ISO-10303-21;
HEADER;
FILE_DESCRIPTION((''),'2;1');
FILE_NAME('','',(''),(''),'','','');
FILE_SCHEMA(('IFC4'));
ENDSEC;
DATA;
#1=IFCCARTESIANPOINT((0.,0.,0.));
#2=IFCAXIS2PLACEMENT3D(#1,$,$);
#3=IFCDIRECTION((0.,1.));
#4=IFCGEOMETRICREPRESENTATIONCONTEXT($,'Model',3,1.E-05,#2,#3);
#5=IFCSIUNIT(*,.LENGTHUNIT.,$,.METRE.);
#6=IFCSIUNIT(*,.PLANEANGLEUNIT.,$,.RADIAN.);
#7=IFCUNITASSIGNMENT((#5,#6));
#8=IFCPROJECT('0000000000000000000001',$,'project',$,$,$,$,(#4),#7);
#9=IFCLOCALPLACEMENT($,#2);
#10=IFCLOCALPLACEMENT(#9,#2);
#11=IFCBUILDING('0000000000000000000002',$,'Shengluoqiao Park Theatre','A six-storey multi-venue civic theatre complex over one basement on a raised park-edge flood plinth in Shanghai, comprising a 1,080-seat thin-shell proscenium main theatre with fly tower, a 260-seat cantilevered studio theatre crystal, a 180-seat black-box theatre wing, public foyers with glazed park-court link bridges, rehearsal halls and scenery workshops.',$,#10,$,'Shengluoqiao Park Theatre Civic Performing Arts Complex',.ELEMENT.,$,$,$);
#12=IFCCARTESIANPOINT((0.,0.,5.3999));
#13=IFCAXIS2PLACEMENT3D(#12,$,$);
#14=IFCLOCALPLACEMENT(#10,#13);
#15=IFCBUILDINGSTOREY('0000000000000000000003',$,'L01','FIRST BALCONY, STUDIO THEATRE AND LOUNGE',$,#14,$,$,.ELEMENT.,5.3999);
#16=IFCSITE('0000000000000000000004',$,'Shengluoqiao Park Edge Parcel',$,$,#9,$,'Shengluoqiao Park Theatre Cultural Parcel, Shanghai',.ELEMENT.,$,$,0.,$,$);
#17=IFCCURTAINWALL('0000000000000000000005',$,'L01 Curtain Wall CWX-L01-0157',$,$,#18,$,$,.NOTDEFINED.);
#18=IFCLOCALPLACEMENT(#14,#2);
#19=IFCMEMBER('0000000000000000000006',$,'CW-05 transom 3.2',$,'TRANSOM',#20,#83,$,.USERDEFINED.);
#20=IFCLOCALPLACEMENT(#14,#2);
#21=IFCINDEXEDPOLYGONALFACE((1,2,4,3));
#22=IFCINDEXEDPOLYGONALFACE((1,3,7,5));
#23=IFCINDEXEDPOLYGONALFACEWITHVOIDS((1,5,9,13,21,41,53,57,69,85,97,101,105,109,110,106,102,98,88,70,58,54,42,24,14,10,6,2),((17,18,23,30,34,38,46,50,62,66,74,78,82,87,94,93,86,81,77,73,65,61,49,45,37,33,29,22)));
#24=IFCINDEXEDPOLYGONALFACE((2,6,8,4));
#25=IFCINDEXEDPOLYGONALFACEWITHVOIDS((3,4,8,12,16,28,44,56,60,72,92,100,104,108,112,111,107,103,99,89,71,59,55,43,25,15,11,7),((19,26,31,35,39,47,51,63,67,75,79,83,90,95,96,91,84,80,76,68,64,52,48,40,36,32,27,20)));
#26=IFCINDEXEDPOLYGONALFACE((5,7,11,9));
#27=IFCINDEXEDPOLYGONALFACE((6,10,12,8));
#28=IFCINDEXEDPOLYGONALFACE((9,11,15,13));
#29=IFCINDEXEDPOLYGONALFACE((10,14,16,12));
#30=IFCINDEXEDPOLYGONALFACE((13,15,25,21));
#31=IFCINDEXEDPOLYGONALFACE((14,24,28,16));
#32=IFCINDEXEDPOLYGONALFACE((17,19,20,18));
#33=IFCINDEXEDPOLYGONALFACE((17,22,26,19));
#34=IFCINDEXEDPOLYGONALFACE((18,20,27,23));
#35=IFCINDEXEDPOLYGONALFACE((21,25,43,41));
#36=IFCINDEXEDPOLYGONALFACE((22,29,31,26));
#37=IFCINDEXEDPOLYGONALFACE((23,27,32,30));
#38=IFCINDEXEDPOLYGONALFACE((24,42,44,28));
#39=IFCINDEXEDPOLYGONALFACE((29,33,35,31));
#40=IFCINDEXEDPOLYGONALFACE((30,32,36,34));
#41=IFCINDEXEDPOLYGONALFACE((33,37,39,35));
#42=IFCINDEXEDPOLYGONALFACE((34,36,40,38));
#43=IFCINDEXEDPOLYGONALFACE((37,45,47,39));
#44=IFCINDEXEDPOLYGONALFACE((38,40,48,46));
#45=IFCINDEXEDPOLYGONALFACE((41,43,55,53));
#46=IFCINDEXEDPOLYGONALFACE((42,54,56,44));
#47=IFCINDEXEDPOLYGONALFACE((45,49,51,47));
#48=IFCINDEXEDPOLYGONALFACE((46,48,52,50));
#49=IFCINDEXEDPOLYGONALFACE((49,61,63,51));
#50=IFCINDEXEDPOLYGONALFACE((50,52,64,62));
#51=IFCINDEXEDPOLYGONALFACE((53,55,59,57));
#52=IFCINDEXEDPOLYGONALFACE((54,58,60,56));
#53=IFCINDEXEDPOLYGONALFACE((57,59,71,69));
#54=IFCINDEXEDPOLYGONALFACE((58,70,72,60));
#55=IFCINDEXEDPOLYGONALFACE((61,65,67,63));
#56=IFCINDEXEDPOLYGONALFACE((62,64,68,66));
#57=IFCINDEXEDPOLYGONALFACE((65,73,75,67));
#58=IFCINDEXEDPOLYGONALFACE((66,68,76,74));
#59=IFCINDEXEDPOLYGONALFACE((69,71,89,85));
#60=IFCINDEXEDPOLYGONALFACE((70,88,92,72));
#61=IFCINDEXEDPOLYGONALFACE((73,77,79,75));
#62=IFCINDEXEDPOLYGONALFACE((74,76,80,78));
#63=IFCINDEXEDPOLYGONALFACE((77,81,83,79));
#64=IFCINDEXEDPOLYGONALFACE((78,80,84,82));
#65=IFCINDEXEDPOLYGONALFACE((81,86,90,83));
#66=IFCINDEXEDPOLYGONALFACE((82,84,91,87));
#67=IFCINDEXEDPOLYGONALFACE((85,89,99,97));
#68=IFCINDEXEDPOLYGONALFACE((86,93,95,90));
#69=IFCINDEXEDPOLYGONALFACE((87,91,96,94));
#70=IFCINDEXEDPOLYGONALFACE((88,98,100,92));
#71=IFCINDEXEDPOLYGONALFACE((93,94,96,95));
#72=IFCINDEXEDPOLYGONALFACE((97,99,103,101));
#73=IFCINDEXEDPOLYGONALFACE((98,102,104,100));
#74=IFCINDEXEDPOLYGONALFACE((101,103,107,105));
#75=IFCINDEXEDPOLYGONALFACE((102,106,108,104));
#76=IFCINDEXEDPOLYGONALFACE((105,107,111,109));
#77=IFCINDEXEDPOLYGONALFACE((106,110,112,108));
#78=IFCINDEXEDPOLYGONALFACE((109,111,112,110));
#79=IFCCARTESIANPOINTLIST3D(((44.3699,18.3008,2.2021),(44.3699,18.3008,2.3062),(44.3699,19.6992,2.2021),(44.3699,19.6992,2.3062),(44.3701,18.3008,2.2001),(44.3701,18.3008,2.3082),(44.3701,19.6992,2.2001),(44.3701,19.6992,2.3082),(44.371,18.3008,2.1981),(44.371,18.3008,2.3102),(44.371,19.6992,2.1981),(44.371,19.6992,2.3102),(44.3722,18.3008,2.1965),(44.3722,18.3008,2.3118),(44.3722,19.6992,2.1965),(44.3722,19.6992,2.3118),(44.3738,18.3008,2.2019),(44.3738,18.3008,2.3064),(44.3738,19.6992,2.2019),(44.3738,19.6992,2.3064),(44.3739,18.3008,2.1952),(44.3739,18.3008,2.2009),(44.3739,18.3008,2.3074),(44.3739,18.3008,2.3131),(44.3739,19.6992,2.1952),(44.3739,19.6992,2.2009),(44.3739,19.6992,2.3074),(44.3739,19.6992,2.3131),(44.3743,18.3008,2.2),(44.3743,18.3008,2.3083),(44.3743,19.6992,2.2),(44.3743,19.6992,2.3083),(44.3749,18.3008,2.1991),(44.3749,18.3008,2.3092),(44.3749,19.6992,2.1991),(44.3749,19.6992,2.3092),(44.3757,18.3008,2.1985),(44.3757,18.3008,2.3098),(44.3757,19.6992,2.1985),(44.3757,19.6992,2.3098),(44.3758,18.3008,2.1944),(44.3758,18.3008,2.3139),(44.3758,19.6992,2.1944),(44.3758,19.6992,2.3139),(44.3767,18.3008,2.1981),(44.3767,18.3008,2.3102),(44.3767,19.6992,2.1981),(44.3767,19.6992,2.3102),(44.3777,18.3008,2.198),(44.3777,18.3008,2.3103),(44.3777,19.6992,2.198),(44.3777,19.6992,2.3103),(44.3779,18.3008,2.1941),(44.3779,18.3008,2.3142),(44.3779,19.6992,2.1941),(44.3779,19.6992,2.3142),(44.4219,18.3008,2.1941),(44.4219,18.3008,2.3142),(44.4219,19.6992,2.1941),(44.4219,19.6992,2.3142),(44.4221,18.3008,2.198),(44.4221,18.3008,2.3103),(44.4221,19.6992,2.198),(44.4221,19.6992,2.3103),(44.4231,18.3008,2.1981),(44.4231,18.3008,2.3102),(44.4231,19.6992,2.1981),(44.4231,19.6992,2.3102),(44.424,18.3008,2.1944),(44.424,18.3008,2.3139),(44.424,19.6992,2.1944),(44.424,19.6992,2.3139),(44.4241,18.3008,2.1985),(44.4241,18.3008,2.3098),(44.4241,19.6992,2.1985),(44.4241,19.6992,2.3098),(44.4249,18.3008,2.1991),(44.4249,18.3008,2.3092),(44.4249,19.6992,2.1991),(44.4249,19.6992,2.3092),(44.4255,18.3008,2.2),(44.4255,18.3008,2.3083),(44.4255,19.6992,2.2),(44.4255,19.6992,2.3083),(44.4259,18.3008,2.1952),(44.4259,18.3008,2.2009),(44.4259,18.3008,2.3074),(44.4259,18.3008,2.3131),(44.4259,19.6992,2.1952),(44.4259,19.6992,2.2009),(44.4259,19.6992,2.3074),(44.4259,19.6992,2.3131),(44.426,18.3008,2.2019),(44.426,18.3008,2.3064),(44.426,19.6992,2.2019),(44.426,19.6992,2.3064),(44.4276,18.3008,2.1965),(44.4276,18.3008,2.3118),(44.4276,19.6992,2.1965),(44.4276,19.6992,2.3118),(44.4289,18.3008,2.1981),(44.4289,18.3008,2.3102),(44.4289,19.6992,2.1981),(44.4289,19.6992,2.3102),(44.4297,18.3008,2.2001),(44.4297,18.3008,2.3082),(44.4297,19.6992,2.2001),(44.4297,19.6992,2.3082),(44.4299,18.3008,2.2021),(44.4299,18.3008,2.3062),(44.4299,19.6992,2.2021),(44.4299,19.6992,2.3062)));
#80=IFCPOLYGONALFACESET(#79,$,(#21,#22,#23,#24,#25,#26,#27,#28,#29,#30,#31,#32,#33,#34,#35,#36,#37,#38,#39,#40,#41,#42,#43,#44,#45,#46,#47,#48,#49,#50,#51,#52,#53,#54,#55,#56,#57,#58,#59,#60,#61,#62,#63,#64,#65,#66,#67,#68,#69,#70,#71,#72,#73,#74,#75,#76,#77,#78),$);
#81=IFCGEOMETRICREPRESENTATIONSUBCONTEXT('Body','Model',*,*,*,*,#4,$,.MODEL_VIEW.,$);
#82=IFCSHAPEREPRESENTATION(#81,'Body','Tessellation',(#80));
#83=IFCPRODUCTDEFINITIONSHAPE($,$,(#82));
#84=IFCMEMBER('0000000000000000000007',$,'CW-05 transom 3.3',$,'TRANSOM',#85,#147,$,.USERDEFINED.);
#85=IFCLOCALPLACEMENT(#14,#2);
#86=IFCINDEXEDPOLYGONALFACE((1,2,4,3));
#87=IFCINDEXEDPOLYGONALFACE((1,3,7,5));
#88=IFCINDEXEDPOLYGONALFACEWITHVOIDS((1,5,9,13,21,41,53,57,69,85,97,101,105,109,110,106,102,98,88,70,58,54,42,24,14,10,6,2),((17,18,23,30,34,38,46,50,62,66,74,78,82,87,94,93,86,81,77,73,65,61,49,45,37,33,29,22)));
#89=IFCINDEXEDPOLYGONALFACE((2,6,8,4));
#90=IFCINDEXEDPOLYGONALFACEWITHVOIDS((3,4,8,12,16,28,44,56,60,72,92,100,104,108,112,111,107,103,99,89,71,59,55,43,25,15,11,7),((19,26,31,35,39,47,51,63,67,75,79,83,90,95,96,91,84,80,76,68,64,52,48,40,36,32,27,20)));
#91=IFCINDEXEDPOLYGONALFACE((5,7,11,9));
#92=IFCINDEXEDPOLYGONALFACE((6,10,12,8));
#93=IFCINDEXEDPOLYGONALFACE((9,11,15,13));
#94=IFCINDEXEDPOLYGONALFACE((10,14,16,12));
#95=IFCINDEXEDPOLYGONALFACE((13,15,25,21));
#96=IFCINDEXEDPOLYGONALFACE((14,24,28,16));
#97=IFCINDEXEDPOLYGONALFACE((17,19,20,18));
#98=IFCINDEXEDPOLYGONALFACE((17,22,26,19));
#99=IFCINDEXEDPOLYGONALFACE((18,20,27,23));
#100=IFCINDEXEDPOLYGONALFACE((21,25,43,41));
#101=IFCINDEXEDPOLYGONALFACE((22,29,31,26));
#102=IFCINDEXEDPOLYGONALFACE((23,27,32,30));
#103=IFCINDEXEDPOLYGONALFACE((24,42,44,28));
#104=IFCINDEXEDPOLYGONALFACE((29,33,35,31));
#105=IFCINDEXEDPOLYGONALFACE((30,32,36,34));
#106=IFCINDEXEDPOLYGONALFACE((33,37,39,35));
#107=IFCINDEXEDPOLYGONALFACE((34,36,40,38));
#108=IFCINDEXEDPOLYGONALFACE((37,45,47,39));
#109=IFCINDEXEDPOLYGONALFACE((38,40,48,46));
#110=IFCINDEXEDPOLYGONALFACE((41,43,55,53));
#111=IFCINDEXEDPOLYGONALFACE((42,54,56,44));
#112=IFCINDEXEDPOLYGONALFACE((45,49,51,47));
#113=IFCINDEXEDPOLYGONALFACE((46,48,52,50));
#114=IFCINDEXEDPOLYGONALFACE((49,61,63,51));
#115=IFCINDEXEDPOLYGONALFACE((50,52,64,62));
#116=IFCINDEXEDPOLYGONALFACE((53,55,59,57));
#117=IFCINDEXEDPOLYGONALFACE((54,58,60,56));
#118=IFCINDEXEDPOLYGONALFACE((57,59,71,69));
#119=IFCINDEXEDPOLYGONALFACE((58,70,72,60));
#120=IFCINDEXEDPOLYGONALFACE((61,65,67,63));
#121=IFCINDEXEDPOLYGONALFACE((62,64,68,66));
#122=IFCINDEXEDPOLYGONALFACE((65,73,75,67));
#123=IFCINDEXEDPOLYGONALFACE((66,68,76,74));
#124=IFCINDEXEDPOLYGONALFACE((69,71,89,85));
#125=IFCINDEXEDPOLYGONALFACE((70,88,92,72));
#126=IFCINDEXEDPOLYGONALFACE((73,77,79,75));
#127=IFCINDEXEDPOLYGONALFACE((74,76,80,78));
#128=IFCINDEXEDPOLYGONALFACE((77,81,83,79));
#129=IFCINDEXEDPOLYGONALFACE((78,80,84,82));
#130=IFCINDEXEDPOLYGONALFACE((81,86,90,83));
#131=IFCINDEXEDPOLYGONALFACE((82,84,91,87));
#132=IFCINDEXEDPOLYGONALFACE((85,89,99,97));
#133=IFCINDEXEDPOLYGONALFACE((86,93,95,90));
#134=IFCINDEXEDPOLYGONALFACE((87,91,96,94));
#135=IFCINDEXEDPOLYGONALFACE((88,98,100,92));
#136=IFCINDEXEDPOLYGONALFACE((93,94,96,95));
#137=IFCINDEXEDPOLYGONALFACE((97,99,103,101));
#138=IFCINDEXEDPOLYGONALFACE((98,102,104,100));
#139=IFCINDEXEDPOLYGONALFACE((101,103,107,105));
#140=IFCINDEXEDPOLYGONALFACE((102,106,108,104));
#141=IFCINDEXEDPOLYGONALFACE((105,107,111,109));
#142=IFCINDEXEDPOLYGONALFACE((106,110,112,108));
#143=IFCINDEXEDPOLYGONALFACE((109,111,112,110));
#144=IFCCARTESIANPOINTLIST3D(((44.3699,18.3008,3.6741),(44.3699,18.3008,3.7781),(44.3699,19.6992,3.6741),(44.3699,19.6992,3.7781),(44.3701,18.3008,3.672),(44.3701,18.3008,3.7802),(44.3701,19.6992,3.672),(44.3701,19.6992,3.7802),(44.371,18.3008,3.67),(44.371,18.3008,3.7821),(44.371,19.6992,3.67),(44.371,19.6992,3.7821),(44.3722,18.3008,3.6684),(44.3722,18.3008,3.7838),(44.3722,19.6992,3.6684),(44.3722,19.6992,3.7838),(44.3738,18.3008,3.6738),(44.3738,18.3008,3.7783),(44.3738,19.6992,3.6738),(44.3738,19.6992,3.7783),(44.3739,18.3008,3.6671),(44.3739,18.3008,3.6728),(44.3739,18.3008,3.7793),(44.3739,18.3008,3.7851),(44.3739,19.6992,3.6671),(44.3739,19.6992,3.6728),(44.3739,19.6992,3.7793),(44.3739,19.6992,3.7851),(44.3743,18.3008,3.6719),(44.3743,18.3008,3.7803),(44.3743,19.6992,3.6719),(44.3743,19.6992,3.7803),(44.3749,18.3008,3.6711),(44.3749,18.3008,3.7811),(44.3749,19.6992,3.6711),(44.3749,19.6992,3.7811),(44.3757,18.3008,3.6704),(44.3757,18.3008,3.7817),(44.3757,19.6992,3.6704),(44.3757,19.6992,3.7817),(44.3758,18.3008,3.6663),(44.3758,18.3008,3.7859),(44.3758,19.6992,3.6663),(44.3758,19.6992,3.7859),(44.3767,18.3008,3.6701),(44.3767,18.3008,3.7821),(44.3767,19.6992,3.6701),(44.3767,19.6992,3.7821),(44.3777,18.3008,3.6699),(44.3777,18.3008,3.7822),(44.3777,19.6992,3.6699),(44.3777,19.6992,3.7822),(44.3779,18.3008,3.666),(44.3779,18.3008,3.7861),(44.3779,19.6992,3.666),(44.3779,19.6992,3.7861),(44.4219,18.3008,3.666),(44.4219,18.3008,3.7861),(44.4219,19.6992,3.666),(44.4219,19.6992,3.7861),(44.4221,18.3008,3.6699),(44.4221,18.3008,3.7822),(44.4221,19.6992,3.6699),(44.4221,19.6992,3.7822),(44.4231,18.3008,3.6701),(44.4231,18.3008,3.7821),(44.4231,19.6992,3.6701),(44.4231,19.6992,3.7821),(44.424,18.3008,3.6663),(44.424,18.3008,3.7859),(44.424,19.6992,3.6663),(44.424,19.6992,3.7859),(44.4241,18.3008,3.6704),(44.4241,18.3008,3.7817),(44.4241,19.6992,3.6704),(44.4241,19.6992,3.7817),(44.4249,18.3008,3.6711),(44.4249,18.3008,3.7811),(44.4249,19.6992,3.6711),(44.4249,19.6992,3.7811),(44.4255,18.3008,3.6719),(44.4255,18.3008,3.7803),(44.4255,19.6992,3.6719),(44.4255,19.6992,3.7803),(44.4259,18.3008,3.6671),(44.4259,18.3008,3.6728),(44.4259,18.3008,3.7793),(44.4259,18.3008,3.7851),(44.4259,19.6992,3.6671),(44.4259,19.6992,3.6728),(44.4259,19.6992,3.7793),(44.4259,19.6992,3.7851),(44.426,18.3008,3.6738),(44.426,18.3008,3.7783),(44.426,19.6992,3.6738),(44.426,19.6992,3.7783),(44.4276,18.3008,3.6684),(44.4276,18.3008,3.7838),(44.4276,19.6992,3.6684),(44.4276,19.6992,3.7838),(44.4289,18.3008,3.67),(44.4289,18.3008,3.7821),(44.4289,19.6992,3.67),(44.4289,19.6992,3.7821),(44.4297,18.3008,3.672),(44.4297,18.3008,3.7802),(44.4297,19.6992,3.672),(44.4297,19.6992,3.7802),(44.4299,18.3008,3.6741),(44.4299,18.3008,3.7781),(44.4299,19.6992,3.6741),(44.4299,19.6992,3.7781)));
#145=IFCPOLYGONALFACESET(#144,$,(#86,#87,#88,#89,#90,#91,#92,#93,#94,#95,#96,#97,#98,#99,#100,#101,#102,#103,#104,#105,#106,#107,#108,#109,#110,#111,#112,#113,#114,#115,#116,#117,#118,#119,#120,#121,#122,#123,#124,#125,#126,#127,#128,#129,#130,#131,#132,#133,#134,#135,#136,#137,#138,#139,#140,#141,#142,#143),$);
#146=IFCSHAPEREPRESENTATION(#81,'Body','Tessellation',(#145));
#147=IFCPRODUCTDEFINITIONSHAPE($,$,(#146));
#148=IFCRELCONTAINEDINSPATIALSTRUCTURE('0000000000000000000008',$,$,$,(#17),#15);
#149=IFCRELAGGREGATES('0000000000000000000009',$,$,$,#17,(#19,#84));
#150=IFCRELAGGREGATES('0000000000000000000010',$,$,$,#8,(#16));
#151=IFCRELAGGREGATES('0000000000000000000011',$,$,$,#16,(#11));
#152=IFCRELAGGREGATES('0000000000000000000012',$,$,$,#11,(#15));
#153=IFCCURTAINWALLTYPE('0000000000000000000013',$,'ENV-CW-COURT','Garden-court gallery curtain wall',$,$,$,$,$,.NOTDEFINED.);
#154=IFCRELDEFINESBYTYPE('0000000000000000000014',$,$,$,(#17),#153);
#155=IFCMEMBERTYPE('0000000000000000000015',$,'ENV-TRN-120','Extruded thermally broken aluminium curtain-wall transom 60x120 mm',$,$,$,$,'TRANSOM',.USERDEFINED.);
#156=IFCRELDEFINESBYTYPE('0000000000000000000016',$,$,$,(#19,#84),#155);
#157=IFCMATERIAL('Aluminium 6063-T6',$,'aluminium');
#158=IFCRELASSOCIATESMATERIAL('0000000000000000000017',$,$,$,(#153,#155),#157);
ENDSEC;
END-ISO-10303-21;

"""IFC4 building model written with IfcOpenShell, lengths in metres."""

from ifc_helpers import new_model, si_unit, direction, frame, origin, origin_2d, place, context, subcontext, project, spatial, hollow_rectangle, extrude, material, material_profile, profile_set, type_object, element, aggregate, save


model = new_model("IFC4")

# Units and contexts
model_context = context("Model", 3, precision=1e-05, world=origin(), true_north=direction((0.0, 1.0)))
body_context = subcontext(model_context, "Body", "Model", "MODEL_VIEW")
ifc_project = project(units=[si_unit("LENGTHUNIT", "METRE"), si_unit("PLANEANGLEUNIT", "RADIAN")], contexts=[model_context])

# Site, building, storey
site_placement = place(None, origin())
site = spatial("IfcSite", under=ifc_project, at=site_placement, Name="Shengluoqiao Park Edge Parcel", LongName="Shengluoqiao Park Theatre Cultural Parcel, Shanghai", CompositionType="ELEMENT", RefElevation=0.0)
building_placement = place(site_placement, origin())
building = spatial("IfcBuilding", under=site, at=building_placement, Name="Shengluoqiao Park Theatre", Description="A six-storey multi-venue civic theatre complex over one basement on a raised park-edge flood plinth in Shanghai, comprising a 1,080-seat thin-shell proscenium main theatre with fly tower, a 260-seat cantilevered studio theatre crystal, a 180-seat black-box theatre wing, public foyers with glazed park-court link bridges, rehearsal halls and scenery workshops.", LongName="Shengluoqiao Park Theatre Civic Performing Arts Complex", CompositionType="ELEMENT")
storey_placement = place(building_placement, frame((0.0, 0.0, 5.3999)))
storey = spatial("IfcBuildingStorey", under=building, at=storey_placement, Name="L01", Description="FIRST BALCONY, STUDIO THEATRE AND LOUNGE", CompositionType="ELEMENT", Elevation=5.3999)

# Curtain wall, members
ifc_material_1 = material(Name="Aluminium 6063-T6", Category="aluminium")
curtain_wall_type = type_object("IfcCurtainWallType", Name="ENV-CW-COURT", Description="Garden-court gallery curtain wall", PredefinedType="NOTDEFINED", material=ifc_material_1)
curtain_wall_placement = place(storey_placement, origin())
curtain_wall = element("IfcCurtainWall", 1, at=curtain_wall_placement, inside=storey, type_object=curtain_wall_type, Name="L01 Curtain Wall CWX-L01-0157", PredefinedType="NOTDEFINED")
ifc_material_profile_1 = material_profile(ifc_material_1, hollow_rectangle(XDim=0.0601, YDim=0.1201, WallThickness=0.0039, InnerFilletRadius=0.0039, OuterFilletRadius=0.0081, at=origin_2d()), Name="ALU TRANSOM 120x60x4")
ifc_profile_set_1 = profile_set([ifc_material_profile_1], Name="Aluminium 6063-T6")
member_type_1 = type_object("IfcMemberType", Name="ENV-TRN-120", Description="Extruded thermally broken aluminium curtain-wall transom 60x120 mm", ElementType="TRANSOM", PredefinedType="USERDEFINED", material=ifc_profile_set_1)
member_1_placement = place(storey_placement, frame((44.3999, 18.3008, 2.2542), z_axis=(0.0, 1.0, 0.0), x_axis=(-1.0, 0.0, 0.0)))
member_1 = element("IfcMember", 2, at=member_1_placement, type_object=member_type_1, Name="CW-05 transom 3.2", ObjectType="TRANSOM", PredefinedType="USERDEFINED", context=body_context, shape_type="SweptSolid", body=[
    extrude(hollow_rectangle(XDim=0.0601, YDim=0.1201, WallThickness=0.0039, InnerFilletRadius=0.0039, OuterFilletRadius=0.0081, at=origin_2d()), origin(), (0.0, 0.0, 1.0), 1.3984),
])
member_2_placement = place(storey_placement, frame((44.3999, 18.3008, 3.7261), z_axis=(0.0, 1.0, 0.0), x_axis=(-1.0, 0.0, 0.0)))
member_2 = element("IfcMember", 3, at=member_2_placement, type_object=member_type_1, Name="CW-05 transom 3.3", ObjectType="TRANSOM", PredefinedType="USERDEFINED", context=body_context, shape_type="SweptSolid", body=[
    extrude(hollow_rectangle(XDim=0.0601, YDim=0.1201, WallThickness=0.0039, InnerFilletRadius=0.0039, OuterFilletRadius=0.0081, at=origin_2d()), origin(), (0.0, 0.0, 1.0), 1.3984),
])
aggregate(curtain_wall, [member_1, member_2])

save(model, "model.ifc")
